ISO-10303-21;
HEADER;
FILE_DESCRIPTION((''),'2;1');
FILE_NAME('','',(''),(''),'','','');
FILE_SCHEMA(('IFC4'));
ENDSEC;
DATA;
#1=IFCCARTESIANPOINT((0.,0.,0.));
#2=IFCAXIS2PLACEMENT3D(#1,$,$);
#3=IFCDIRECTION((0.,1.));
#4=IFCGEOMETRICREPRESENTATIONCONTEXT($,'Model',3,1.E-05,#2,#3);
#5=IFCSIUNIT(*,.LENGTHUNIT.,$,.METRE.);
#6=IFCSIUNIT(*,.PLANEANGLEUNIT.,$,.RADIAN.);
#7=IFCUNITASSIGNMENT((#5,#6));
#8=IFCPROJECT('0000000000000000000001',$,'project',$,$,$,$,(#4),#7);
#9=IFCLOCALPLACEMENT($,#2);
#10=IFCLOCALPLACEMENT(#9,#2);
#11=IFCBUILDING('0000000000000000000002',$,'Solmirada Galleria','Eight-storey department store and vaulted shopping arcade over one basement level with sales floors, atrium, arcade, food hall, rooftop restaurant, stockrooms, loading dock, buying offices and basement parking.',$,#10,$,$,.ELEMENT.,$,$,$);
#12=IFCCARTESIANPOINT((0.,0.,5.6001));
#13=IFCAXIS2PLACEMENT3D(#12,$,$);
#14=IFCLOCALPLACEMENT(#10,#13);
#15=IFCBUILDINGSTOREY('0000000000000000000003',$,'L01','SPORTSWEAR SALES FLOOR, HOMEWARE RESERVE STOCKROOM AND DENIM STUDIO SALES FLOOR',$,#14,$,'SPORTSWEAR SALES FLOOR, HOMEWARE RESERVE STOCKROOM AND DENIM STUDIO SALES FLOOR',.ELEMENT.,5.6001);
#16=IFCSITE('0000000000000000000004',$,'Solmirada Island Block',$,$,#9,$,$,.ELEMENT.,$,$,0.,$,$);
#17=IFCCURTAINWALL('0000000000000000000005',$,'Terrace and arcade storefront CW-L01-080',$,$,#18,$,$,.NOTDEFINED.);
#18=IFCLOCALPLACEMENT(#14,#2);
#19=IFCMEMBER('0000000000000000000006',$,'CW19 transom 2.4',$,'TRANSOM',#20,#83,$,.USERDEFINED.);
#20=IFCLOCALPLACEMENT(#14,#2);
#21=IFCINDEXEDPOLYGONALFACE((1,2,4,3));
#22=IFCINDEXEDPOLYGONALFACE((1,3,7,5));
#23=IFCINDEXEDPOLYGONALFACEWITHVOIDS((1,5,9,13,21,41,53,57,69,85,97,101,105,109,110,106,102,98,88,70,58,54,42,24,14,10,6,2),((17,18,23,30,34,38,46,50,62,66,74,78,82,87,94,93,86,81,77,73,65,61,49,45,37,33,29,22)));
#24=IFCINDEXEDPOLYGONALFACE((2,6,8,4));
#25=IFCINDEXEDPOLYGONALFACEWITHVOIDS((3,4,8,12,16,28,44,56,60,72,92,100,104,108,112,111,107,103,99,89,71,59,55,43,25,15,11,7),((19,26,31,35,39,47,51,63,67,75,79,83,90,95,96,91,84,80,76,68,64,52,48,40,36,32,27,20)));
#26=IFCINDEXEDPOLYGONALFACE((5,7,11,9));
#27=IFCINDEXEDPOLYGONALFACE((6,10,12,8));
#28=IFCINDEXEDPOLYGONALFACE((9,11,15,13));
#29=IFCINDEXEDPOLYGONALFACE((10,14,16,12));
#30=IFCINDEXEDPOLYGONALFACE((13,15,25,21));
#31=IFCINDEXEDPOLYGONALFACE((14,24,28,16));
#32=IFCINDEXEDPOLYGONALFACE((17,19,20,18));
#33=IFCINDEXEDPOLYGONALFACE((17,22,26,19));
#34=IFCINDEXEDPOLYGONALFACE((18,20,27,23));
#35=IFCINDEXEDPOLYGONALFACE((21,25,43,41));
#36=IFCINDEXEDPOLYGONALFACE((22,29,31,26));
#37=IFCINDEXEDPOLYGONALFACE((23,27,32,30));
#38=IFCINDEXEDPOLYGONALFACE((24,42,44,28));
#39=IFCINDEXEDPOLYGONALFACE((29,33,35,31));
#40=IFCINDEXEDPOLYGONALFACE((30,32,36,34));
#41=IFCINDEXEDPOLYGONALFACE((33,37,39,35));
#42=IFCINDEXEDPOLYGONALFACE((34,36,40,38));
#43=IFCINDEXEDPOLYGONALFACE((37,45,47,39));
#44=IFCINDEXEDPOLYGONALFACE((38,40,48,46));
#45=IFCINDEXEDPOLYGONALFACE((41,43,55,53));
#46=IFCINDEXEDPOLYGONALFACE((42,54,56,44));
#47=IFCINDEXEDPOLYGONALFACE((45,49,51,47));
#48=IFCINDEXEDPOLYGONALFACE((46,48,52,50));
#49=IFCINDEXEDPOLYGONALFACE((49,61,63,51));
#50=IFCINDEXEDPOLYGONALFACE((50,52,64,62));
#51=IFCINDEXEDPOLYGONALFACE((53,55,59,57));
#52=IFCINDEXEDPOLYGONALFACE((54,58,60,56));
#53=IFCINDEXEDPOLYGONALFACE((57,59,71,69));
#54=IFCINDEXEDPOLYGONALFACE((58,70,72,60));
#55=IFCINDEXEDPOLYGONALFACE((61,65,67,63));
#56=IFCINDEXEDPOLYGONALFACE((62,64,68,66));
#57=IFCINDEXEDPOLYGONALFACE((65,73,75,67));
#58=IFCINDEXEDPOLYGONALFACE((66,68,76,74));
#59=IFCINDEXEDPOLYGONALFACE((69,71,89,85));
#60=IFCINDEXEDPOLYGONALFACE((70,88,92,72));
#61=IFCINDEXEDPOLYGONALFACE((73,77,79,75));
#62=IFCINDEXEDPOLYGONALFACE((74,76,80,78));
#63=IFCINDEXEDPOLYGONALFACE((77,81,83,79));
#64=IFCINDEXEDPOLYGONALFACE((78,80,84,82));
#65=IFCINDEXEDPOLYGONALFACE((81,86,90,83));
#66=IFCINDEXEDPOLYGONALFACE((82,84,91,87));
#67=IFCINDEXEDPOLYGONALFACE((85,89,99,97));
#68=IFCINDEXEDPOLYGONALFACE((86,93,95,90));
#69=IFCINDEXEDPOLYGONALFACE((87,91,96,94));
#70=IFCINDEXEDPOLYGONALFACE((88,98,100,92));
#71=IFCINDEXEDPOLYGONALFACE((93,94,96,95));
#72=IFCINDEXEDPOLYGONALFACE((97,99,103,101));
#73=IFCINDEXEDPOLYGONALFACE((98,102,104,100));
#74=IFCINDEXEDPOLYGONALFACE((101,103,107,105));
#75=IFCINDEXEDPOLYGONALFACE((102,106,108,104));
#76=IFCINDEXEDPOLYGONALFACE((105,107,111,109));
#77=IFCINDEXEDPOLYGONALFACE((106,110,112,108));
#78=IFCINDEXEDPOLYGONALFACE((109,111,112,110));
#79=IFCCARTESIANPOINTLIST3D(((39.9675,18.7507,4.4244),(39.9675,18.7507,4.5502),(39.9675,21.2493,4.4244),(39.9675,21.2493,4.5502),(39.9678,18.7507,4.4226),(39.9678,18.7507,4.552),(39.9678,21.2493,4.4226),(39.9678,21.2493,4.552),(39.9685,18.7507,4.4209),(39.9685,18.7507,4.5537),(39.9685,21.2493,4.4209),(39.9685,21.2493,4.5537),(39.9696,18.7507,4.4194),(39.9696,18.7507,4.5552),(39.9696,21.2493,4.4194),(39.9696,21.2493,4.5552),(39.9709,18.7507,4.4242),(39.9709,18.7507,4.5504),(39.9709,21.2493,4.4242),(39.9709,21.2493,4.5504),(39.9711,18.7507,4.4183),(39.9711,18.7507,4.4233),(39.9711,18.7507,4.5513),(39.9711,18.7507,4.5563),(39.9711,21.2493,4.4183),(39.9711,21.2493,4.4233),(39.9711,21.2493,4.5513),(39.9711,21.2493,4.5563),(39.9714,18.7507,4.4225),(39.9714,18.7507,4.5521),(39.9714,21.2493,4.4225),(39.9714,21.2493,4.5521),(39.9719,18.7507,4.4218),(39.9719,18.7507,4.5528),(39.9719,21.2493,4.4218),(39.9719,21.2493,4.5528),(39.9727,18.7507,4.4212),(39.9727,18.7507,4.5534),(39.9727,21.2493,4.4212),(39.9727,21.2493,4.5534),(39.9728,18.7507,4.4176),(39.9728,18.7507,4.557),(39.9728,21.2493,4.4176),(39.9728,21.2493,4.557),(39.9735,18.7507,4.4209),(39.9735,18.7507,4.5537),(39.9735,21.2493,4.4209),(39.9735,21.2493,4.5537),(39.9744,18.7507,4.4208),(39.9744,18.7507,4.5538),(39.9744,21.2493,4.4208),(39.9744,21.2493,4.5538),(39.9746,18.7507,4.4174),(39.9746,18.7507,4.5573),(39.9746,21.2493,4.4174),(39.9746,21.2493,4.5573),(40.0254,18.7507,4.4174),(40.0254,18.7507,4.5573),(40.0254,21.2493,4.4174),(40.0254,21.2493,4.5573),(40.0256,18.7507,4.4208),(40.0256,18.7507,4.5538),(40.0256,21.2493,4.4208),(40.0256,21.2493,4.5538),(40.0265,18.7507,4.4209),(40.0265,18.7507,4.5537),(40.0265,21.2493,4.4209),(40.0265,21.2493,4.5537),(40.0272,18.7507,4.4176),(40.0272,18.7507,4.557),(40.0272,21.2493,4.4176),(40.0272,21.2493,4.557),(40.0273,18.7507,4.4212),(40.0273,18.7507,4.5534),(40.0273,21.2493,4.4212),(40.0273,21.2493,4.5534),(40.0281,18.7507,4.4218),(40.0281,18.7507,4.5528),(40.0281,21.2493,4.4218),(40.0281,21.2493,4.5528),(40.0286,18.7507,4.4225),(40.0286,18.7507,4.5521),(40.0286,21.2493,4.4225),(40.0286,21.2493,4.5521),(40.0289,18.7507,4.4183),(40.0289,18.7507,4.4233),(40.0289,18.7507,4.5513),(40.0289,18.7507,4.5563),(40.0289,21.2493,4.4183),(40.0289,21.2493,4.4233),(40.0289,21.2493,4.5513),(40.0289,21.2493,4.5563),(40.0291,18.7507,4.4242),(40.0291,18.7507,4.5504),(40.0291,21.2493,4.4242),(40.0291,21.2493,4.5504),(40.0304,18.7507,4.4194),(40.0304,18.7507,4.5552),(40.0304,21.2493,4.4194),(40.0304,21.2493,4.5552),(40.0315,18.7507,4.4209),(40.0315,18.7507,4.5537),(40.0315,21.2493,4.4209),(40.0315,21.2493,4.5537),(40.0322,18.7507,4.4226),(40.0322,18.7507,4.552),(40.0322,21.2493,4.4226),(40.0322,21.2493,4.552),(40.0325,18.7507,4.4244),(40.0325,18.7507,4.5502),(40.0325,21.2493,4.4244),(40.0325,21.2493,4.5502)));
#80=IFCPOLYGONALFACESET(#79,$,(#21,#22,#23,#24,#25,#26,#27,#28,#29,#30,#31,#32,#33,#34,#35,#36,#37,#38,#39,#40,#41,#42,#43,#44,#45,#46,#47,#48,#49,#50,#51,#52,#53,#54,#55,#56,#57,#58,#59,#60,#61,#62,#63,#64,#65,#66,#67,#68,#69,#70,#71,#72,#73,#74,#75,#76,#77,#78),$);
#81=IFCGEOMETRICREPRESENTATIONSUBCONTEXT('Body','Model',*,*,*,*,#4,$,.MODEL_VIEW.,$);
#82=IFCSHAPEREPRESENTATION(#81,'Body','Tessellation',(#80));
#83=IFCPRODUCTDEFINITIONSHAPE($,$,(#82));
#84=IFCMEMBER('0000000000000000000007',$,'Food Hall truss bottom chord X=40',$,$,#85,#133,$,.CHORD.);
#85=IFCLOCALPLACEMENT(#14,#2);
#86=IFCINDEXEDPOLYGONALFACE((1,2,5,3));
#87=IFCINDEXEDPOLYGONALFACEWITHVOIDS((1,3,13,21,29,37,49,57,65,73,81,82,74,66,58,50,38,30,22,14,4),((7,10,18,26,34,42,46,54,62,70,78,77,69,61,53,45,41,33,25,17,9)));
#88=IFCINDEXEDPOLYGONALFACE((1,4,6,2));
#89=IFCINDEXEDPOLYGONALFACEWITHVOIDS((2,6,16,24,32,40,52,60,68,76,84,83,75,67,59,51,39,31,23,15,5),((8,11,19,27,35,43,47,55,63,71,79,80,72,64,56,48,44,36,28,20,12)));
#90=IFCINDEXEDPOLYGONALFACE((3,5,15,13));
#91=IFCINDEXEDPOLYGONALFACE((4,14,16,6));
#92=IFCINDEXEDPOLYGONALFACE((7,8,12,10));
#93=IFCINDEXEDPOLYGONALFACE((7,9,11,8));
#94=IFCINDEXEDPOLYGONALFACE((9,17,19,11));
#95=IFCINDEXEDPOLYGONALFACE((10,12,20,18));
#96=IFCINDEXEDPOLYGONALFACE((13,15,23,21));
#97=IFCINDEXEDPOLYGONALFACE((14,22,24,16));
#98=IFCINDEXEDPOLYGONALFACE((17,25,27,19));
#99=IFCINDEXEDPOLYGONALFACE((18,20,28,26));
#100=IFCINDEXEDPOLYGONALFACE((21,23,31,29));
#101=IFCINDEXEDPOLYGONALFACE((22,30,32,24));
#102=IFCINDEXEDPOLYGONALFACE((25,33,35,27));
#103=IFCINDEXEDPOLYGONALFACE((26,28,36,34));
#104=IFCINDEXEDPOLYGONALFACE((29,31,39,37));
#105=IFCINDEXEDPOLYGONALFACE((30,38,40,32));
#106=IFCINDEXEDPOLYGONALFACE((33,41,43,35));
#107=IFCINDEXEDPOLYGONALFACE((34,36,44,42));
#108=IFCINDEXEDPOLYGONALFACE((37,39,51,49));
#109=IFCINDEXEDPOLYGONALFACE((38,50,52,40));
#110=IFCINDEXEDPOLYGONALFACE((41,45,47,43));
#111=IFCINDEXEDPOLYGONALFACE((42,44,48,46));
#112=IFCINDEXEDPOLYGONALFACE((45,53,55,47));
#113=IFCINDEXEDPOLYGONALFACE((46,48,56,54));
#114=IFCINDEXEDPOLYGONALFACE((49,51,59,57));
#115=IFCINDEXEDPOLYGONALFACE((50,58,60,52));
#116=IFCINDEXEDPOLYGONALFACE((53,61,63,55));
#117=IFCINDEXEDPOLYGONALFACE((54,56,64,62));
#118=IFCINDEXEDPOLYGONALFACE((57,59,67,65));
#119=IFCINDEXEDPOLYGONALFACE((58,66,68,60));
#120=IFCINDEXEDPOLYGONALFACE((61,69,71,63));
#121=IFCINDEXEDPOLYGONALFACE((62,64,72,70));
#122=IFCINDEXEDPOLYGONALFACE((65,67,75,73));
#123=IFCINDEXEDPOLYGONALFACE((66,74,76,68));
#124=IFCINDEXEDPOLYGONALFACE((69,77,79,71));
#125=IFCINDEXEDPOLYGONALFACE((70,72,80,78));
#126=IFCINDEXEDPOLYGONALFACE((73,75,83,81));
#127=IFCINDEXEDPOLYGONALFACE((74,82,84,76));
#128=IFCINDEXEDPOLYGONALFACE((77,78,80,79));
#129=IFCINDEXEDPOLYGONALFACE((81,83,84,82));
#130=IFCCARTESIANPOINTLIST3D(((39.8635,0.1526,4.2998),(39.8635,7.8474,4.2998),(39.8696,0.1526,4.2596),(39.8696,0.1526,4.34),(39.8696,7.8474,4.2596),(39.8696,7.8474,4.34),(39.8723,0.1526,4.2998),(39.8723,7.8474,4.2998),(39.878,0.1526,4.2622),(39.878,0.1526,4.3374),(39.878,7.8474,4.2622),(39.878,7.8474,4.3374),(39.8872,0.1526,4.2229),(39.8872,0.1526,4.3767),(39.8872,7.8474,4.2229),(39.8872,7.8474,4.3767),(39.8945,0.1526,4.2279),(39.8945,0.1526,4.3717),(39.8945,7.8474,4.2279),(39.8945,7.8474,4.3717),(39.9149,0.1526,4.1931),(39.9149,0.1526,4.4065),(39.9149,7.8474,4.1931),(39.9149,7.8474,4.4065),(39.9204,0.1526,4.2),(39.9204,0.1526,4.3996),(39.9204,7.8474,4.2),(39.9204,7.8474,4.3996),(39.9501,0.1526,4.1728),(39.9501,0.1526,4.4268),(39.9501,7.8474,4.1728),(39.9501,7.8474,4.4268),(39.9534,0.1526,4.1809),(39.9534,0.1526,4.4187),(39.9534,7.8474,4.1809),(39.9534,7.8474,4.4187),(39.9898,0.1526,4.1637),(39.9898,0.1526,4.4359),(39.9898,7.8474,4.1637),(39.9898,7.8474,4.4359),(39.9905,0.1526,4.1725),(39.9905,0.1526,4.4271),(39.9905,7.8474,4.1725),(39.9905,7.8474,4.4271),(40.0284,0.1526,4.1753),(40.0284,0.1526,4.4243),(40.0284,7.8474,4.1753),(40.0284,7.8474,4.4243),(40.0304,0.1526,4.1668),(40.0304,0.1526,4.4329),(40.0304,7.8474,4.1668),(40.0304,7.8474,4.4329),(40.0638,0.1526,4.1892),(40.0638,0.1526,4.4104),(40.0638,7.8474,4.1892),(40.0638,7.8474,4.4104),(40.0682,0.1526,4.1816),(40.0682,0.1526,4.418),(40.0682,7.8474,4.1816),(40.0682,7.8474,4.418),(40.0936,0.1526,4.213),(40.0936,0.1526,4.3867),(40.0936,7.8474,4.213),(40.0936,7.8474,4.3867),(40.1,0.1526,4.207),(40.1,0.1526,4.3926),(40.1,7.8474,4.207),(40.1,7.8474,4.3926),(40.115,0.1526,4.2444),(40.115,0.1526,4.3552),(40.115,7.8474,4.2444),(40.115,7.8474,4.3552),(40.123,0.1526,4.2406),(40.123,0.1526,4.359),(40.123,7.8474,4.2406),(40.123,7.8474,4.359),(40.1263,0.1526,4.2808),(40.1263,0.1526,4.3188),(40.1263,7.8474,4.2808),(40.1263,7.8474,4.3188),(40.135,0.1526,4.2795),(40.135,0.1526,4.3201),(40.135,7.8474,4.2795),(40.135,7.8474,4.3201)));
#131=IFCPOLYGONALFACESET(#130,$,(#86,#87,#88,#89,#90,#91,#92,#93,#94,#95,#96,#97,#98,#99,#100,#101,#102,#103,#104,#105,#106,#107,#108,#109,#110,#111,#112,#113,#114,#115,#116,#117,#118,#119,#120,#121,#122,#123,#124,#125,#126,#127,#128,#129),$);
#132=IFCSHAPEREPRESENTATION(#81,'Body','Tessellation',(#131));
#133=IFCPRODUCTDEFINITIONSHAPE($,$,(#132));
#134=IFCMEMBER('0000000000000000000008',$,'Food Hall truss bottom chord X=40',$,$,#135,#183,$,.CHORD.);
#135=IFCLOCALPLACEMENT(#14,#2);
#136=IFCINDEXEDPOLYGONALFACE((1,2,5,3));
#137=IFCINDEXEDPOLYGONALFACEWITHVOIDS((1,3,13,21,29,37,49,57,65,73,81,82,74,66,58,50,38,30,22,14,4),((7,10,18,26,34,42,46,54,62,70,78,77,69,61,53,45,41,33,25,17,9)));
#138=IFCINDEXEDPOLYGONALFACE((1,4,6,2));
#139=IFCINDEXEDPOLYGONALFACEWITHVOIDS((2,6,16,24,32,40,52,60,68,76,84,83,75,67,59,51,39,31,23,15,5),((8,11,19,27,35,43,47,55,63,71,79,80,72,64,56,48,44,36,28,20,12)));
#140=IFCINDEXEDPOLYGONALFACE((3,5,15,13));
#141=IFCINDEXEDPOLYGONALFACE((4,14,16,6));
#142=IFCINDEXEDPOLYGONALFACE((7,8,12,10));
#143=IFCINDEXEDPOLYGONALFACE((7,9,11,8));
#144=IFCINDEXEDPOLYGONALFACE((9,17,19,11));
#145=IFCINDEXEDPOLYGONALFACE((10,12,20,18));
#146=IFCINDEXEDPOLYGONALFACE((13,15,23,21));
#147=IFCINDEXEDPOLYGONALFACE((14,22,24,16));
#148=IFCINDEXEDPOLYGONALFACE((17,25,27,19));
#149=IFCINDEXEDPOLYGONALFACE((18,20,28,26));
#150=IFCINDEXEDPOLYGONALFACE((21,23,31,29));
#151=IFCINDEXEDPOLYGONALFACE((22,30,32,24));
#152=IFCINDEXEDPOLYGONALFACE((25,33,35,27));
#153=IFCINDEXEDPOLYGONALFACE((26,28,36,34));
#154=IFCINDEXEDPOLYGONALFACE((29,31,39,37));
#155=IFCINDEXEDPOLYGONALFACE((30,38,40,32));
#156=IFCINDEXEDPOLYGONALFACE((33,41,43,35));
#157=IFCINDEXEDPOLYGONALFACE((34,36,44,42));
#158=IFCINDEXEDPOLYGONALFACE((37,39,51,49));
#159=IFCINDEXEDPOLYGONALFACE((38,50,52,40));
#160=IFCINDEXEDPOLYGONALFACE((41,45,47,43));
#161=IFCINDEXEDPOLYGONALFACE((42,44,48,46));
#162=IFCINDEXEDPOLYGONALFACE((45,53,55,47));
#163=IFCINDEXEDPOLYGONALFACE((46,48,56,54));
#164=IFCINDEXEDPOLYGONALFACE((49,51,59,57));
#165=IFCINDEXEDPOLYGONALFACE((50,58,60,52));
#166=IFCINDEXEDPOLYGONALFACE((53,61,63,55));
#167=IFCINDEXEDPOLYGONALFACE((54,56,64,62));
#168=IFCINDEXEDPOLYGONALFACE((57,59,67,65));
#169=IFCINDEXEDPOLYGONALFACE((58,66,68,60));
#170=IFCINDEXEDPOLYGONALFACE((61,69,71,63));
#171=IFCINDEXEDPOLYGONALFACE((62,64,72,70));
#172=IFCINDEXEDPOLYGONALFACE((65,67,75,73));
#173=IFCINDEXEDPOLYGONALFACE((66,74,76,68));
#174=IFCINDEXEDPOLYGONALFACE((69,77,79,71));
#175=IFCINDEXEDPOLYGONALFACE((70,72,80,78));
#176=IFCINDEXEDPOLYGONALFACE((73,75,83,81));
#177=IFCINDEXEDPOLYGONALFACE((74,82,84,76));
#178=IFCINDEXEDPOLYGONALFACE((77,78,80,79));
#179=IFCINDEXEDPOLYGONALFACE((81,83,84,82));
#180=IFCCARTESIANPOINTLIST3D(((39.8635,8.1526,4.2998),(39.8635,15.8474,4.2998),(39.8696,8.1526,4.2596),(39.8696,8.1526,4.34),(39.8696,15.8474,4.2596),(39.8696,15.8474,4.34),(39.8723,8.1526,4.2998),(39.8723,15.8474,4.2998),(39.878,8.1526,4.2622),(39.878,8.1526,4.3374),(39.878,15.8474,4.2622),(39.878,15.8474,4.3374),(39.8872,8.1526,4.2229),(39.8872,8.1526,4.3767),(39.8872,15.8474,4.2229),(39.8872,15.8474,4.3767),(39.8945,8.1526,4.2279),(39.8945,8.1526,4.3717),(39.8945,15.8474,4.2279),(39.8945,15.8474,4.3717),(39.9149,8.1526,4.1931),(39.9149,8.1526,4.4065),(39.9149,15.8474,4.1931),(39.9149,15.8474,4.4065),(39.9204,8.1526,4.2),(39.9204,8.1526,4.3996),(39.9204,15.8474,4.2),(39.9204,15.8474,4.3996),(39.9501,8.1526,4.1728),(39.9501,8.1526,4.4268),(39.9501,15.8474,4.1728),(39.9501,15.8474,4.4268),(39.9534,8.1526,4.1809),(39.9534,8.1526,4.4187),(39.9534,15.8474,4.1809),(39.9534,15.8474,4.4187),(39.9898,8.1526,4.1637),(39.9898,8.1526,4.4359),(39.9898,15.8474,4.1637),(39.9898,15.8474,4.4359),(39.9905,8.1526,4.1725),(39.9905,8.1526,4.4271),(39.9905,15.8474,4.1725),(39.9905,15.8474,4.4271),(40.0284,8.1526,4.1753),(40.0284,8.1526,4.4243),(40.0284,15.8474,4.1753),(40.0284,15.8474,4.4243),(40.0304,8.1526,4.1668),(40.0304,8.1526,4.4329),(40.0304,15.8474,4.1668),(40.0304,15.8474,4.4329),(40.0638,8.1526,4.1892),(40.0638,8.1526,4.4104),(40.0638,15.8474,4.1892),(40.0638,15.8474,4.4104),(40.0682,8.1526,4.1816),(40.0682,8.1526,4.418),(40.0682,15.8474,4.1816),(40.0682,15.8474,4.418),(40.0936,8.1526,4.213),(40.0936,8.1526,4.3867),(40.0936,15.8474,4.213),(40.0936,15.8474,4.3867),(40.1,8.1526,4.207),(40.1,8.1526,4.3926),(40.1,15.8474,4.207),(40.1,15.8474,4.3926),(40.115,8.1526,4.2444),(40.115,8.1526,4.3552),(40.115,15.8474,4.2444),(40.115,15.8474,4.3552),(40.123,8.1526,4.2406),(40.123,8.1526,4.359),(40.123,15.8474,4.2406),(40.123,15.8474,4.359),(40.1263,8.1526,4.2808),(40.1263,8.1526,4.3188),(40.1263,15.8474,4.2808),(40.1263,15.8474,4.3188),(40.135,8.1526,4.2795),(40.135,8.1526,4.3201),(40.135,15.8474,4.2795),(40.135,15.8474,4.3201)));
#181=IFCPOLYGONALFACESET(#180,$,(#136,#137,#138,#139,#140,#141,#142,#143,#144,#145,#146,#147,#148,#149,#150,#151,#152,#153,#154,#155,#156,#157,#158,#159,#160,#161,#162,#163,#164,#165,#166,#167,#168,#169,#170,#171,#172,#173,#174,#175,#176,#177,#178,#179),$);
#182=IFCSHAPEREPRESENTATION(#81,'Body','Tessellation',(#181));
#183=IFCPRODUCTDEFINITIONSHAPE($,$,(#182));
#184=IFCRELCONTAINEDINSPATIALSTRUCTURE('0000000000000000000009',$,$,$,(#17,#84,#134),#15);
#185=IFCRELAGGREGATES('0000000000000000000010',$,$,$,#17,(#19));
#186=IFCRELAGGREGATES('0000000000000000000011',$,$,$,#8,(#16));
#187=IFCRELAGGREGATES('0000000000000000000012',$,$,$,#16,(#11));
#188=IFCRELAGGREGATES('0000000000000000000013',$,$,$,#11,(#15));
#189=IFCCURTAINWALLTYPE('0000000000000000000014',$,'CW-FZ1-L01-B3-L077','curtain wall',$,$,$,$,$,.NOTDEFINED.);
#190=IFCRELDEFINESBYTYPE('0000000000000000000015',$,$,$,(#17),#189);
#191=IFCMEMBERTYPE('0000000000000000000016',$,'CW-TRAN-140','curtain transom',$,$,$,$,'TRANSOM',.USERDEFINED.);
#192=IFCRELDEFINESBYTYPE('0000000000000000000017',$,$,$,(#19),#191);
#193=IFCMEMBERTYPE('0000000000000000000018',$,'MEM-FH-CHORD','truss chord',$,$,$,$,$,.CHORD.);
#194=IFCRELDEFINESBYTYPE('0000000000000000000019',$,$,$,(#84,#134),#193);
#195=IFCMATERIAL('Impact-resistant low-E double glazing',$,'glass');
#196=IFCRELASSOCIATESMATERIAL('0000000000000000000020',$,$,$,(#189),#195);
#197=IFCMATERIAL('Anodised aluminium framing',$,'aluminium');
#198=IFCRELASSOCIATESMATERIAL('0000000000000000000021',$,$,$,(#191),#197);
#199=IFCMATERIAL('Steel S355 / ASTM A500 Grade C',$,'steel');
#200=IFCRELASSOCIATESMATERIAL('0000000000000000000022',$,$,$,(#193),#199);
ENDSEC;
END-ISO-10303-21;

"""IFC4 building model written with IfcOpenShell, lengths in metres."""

from ifc_helpers import new_model, si_unit, direction, frame, origin, origin_2d, place, context, subcontext, project, spatial, hollow_rectangle, hollow_circle, extrude, material, material_profile, profile_set, type_object, element, aggregate, save


model = new_model("IFC4")

# Units and contexts
model_context = context("Model", 3, precision=1e-05, world=origin(), true_north=direction((0.0, 1.0)))
body_context = subcontext(model_context, "Body", "Model", "MODEL_VIEW")
ifc_project = project(units=[si_unit("LENGTHUNIT", "METRE"), si_unit("PLANEANGLEUNIT", "RADIAN")], contexts=[model_context])

# Site, building, storey
site_placement = place(None, origin())
site = spatial("IfcSite", under=ifc_project, at=site_placement, Name="Solmirada Island Block", CompositionType="ELEMENT", RefElevation=0.0)
building_placement = place(site_placement, origin())
building = spatial("IfcBuilding", under=site, at=building_placement, Name="Solmirada Galleria", Description="Eight-storey department store and vaulted shopping arcade over one basement level with sales floors, atrium, arcade, food hall, rooftop restaurant, stockrooms, loading dock, buying offices and basement parking.", CompositionType="ELEMENT")
storey_placement = place(building_placement, frame((0.0, 0.0, 5.6001)))
storey = spatial("IfcBuildingStorey", under=building, at=storey_placement, Name="L01", Description="SPORTSWEAR SALES FLOOR, HOMEWARE RESERVE STOCKROOM AND DENIM STUDIO SALES FLOOR", LongName="SPORTSWEAR SALES FLOOR, HOMEWARE RESERVE STOCKROOM AND DENIM STUDIO SALES FLOOR", CompositionType="ELEMENT", Elevation=5.6001)

# Shared definitions
ifc_material_1 = material(Name="Steel S355 / ASTM A500 Grade C", Category="steel")

# Curtain wall, member
ifc_material_2 = material(Name="Impact-resistant low-E double glazing", Category="glass")
curtain_wall_type = type_object("IfcCurtainWallType", Name="CW-FZ1-L01-B3-L077", Description="curtain wall", PredefinedType="NOTDEFINED", material=ifc_material_2)
curtain_wall_placement = place(storey_placement, origin())
curtain_wall = element("IfcCurtainWall", 1, at=curtain_wall_placement, inside=storey, type_object=curtain_wall_type, Name="Terrace and arcade storefront CW-L01-080", PredefinedType="NOTDEFINED")
ifc_material_3 = material(Name="Anodised aluminium framing", Category="aluminium")
ifc_material_profile_1 = material_profile(ifc_material_3, hollow_rectangle(XDim=0.0649, YDim=0.1399, WallThickness=0.0034, InnerFilletRadius=0.0034, OuterFilletRadius=0.0071, at=origin_2d()), Name="ALU-TRAN-140X65")
ifc_profile_set_1 = profile_set([ifc_material_profile_1], Name="Anodised aluminium framing")
member_type_1 = type_object("IfcMemberType", Name="CW-TRAN-140", Description="curtain transom", ElementType="TRANSOM", PredefinedType="USERDEFINED", material=ifc_profile_set_1)
member_1_placement = place(storey_placement, frame((40.0, 18.7507, 4.4873), z_axis=(0.0, 1.0, 0.0), x_axis=(-1.0, 0.0, 0.0)))
member_1 = element("IfcMember", 2, at=member_1_placement, type_object=member_type_1, Name="CW19 transom 2.4", ObjectType="TRANSOM", PredefinedType="USERDEFINED", context=body_context, shape_type="SweptSolid", body=[
    extrude(hollow_rectangle(XDim=0.0649, YDim=0.1399, WallThickness=0.0034, InnerFilletRadius=0.0034, OuterFilletRadius=0.0071, at=origin_2d()), origin(), (0.0, 0.0, 1.0), 2.4985),
])

# Members
ifc_material_profile_2 = material_profile(ifc_material_1, hollow_circle(Radius=0.1365, WallThickness=0.0088, at=origin_2d()), Name="HSS10.750X0.375")
ifc_profile_set_2 = profile_set([ifc_material_profile_2], Name="Steel S355 / ASTM A500 Grade C")
member_type_2 = type_object("IfcMemberType", Name="MEM-FH-CHORD", Description="truss chord", PredefinedType="CHORD", material=ifc_profile_set_2)
for number, where, z_axis, x_axis, name in (
    (3, (40.0, 0.1526, 4.2998), (0.0, 1.0, 0.0), (-1.0, 0.0, 0.0), "Food Hall truss bottom chord X=40"),
    (4, (40.0, 8.1526, 4.2998), (0.0, 1.0, 0.0), (-1.0, 0.0, 0.0), "Food Hall truss bottom chord X=40"),
):
    element("IfcMember", number, at=place(storey_placement, frame(where, z_axis=z_axis, x_axis=x_axis)), inside=storey, type_object=member_type_2, Name=name, PredefinedType="CHORD", context=body_context, shape_type="SweptSolid", body=[
        extrude(hollow_circle(Radius=0.1365, WallThickness=0.0088, at=origin_2d()), origin(), (0.0, 0.0, 1.0), 7.6948),
    ])

aggregate(curtain_wall, [member_1])

save(model, "model.ifc")
